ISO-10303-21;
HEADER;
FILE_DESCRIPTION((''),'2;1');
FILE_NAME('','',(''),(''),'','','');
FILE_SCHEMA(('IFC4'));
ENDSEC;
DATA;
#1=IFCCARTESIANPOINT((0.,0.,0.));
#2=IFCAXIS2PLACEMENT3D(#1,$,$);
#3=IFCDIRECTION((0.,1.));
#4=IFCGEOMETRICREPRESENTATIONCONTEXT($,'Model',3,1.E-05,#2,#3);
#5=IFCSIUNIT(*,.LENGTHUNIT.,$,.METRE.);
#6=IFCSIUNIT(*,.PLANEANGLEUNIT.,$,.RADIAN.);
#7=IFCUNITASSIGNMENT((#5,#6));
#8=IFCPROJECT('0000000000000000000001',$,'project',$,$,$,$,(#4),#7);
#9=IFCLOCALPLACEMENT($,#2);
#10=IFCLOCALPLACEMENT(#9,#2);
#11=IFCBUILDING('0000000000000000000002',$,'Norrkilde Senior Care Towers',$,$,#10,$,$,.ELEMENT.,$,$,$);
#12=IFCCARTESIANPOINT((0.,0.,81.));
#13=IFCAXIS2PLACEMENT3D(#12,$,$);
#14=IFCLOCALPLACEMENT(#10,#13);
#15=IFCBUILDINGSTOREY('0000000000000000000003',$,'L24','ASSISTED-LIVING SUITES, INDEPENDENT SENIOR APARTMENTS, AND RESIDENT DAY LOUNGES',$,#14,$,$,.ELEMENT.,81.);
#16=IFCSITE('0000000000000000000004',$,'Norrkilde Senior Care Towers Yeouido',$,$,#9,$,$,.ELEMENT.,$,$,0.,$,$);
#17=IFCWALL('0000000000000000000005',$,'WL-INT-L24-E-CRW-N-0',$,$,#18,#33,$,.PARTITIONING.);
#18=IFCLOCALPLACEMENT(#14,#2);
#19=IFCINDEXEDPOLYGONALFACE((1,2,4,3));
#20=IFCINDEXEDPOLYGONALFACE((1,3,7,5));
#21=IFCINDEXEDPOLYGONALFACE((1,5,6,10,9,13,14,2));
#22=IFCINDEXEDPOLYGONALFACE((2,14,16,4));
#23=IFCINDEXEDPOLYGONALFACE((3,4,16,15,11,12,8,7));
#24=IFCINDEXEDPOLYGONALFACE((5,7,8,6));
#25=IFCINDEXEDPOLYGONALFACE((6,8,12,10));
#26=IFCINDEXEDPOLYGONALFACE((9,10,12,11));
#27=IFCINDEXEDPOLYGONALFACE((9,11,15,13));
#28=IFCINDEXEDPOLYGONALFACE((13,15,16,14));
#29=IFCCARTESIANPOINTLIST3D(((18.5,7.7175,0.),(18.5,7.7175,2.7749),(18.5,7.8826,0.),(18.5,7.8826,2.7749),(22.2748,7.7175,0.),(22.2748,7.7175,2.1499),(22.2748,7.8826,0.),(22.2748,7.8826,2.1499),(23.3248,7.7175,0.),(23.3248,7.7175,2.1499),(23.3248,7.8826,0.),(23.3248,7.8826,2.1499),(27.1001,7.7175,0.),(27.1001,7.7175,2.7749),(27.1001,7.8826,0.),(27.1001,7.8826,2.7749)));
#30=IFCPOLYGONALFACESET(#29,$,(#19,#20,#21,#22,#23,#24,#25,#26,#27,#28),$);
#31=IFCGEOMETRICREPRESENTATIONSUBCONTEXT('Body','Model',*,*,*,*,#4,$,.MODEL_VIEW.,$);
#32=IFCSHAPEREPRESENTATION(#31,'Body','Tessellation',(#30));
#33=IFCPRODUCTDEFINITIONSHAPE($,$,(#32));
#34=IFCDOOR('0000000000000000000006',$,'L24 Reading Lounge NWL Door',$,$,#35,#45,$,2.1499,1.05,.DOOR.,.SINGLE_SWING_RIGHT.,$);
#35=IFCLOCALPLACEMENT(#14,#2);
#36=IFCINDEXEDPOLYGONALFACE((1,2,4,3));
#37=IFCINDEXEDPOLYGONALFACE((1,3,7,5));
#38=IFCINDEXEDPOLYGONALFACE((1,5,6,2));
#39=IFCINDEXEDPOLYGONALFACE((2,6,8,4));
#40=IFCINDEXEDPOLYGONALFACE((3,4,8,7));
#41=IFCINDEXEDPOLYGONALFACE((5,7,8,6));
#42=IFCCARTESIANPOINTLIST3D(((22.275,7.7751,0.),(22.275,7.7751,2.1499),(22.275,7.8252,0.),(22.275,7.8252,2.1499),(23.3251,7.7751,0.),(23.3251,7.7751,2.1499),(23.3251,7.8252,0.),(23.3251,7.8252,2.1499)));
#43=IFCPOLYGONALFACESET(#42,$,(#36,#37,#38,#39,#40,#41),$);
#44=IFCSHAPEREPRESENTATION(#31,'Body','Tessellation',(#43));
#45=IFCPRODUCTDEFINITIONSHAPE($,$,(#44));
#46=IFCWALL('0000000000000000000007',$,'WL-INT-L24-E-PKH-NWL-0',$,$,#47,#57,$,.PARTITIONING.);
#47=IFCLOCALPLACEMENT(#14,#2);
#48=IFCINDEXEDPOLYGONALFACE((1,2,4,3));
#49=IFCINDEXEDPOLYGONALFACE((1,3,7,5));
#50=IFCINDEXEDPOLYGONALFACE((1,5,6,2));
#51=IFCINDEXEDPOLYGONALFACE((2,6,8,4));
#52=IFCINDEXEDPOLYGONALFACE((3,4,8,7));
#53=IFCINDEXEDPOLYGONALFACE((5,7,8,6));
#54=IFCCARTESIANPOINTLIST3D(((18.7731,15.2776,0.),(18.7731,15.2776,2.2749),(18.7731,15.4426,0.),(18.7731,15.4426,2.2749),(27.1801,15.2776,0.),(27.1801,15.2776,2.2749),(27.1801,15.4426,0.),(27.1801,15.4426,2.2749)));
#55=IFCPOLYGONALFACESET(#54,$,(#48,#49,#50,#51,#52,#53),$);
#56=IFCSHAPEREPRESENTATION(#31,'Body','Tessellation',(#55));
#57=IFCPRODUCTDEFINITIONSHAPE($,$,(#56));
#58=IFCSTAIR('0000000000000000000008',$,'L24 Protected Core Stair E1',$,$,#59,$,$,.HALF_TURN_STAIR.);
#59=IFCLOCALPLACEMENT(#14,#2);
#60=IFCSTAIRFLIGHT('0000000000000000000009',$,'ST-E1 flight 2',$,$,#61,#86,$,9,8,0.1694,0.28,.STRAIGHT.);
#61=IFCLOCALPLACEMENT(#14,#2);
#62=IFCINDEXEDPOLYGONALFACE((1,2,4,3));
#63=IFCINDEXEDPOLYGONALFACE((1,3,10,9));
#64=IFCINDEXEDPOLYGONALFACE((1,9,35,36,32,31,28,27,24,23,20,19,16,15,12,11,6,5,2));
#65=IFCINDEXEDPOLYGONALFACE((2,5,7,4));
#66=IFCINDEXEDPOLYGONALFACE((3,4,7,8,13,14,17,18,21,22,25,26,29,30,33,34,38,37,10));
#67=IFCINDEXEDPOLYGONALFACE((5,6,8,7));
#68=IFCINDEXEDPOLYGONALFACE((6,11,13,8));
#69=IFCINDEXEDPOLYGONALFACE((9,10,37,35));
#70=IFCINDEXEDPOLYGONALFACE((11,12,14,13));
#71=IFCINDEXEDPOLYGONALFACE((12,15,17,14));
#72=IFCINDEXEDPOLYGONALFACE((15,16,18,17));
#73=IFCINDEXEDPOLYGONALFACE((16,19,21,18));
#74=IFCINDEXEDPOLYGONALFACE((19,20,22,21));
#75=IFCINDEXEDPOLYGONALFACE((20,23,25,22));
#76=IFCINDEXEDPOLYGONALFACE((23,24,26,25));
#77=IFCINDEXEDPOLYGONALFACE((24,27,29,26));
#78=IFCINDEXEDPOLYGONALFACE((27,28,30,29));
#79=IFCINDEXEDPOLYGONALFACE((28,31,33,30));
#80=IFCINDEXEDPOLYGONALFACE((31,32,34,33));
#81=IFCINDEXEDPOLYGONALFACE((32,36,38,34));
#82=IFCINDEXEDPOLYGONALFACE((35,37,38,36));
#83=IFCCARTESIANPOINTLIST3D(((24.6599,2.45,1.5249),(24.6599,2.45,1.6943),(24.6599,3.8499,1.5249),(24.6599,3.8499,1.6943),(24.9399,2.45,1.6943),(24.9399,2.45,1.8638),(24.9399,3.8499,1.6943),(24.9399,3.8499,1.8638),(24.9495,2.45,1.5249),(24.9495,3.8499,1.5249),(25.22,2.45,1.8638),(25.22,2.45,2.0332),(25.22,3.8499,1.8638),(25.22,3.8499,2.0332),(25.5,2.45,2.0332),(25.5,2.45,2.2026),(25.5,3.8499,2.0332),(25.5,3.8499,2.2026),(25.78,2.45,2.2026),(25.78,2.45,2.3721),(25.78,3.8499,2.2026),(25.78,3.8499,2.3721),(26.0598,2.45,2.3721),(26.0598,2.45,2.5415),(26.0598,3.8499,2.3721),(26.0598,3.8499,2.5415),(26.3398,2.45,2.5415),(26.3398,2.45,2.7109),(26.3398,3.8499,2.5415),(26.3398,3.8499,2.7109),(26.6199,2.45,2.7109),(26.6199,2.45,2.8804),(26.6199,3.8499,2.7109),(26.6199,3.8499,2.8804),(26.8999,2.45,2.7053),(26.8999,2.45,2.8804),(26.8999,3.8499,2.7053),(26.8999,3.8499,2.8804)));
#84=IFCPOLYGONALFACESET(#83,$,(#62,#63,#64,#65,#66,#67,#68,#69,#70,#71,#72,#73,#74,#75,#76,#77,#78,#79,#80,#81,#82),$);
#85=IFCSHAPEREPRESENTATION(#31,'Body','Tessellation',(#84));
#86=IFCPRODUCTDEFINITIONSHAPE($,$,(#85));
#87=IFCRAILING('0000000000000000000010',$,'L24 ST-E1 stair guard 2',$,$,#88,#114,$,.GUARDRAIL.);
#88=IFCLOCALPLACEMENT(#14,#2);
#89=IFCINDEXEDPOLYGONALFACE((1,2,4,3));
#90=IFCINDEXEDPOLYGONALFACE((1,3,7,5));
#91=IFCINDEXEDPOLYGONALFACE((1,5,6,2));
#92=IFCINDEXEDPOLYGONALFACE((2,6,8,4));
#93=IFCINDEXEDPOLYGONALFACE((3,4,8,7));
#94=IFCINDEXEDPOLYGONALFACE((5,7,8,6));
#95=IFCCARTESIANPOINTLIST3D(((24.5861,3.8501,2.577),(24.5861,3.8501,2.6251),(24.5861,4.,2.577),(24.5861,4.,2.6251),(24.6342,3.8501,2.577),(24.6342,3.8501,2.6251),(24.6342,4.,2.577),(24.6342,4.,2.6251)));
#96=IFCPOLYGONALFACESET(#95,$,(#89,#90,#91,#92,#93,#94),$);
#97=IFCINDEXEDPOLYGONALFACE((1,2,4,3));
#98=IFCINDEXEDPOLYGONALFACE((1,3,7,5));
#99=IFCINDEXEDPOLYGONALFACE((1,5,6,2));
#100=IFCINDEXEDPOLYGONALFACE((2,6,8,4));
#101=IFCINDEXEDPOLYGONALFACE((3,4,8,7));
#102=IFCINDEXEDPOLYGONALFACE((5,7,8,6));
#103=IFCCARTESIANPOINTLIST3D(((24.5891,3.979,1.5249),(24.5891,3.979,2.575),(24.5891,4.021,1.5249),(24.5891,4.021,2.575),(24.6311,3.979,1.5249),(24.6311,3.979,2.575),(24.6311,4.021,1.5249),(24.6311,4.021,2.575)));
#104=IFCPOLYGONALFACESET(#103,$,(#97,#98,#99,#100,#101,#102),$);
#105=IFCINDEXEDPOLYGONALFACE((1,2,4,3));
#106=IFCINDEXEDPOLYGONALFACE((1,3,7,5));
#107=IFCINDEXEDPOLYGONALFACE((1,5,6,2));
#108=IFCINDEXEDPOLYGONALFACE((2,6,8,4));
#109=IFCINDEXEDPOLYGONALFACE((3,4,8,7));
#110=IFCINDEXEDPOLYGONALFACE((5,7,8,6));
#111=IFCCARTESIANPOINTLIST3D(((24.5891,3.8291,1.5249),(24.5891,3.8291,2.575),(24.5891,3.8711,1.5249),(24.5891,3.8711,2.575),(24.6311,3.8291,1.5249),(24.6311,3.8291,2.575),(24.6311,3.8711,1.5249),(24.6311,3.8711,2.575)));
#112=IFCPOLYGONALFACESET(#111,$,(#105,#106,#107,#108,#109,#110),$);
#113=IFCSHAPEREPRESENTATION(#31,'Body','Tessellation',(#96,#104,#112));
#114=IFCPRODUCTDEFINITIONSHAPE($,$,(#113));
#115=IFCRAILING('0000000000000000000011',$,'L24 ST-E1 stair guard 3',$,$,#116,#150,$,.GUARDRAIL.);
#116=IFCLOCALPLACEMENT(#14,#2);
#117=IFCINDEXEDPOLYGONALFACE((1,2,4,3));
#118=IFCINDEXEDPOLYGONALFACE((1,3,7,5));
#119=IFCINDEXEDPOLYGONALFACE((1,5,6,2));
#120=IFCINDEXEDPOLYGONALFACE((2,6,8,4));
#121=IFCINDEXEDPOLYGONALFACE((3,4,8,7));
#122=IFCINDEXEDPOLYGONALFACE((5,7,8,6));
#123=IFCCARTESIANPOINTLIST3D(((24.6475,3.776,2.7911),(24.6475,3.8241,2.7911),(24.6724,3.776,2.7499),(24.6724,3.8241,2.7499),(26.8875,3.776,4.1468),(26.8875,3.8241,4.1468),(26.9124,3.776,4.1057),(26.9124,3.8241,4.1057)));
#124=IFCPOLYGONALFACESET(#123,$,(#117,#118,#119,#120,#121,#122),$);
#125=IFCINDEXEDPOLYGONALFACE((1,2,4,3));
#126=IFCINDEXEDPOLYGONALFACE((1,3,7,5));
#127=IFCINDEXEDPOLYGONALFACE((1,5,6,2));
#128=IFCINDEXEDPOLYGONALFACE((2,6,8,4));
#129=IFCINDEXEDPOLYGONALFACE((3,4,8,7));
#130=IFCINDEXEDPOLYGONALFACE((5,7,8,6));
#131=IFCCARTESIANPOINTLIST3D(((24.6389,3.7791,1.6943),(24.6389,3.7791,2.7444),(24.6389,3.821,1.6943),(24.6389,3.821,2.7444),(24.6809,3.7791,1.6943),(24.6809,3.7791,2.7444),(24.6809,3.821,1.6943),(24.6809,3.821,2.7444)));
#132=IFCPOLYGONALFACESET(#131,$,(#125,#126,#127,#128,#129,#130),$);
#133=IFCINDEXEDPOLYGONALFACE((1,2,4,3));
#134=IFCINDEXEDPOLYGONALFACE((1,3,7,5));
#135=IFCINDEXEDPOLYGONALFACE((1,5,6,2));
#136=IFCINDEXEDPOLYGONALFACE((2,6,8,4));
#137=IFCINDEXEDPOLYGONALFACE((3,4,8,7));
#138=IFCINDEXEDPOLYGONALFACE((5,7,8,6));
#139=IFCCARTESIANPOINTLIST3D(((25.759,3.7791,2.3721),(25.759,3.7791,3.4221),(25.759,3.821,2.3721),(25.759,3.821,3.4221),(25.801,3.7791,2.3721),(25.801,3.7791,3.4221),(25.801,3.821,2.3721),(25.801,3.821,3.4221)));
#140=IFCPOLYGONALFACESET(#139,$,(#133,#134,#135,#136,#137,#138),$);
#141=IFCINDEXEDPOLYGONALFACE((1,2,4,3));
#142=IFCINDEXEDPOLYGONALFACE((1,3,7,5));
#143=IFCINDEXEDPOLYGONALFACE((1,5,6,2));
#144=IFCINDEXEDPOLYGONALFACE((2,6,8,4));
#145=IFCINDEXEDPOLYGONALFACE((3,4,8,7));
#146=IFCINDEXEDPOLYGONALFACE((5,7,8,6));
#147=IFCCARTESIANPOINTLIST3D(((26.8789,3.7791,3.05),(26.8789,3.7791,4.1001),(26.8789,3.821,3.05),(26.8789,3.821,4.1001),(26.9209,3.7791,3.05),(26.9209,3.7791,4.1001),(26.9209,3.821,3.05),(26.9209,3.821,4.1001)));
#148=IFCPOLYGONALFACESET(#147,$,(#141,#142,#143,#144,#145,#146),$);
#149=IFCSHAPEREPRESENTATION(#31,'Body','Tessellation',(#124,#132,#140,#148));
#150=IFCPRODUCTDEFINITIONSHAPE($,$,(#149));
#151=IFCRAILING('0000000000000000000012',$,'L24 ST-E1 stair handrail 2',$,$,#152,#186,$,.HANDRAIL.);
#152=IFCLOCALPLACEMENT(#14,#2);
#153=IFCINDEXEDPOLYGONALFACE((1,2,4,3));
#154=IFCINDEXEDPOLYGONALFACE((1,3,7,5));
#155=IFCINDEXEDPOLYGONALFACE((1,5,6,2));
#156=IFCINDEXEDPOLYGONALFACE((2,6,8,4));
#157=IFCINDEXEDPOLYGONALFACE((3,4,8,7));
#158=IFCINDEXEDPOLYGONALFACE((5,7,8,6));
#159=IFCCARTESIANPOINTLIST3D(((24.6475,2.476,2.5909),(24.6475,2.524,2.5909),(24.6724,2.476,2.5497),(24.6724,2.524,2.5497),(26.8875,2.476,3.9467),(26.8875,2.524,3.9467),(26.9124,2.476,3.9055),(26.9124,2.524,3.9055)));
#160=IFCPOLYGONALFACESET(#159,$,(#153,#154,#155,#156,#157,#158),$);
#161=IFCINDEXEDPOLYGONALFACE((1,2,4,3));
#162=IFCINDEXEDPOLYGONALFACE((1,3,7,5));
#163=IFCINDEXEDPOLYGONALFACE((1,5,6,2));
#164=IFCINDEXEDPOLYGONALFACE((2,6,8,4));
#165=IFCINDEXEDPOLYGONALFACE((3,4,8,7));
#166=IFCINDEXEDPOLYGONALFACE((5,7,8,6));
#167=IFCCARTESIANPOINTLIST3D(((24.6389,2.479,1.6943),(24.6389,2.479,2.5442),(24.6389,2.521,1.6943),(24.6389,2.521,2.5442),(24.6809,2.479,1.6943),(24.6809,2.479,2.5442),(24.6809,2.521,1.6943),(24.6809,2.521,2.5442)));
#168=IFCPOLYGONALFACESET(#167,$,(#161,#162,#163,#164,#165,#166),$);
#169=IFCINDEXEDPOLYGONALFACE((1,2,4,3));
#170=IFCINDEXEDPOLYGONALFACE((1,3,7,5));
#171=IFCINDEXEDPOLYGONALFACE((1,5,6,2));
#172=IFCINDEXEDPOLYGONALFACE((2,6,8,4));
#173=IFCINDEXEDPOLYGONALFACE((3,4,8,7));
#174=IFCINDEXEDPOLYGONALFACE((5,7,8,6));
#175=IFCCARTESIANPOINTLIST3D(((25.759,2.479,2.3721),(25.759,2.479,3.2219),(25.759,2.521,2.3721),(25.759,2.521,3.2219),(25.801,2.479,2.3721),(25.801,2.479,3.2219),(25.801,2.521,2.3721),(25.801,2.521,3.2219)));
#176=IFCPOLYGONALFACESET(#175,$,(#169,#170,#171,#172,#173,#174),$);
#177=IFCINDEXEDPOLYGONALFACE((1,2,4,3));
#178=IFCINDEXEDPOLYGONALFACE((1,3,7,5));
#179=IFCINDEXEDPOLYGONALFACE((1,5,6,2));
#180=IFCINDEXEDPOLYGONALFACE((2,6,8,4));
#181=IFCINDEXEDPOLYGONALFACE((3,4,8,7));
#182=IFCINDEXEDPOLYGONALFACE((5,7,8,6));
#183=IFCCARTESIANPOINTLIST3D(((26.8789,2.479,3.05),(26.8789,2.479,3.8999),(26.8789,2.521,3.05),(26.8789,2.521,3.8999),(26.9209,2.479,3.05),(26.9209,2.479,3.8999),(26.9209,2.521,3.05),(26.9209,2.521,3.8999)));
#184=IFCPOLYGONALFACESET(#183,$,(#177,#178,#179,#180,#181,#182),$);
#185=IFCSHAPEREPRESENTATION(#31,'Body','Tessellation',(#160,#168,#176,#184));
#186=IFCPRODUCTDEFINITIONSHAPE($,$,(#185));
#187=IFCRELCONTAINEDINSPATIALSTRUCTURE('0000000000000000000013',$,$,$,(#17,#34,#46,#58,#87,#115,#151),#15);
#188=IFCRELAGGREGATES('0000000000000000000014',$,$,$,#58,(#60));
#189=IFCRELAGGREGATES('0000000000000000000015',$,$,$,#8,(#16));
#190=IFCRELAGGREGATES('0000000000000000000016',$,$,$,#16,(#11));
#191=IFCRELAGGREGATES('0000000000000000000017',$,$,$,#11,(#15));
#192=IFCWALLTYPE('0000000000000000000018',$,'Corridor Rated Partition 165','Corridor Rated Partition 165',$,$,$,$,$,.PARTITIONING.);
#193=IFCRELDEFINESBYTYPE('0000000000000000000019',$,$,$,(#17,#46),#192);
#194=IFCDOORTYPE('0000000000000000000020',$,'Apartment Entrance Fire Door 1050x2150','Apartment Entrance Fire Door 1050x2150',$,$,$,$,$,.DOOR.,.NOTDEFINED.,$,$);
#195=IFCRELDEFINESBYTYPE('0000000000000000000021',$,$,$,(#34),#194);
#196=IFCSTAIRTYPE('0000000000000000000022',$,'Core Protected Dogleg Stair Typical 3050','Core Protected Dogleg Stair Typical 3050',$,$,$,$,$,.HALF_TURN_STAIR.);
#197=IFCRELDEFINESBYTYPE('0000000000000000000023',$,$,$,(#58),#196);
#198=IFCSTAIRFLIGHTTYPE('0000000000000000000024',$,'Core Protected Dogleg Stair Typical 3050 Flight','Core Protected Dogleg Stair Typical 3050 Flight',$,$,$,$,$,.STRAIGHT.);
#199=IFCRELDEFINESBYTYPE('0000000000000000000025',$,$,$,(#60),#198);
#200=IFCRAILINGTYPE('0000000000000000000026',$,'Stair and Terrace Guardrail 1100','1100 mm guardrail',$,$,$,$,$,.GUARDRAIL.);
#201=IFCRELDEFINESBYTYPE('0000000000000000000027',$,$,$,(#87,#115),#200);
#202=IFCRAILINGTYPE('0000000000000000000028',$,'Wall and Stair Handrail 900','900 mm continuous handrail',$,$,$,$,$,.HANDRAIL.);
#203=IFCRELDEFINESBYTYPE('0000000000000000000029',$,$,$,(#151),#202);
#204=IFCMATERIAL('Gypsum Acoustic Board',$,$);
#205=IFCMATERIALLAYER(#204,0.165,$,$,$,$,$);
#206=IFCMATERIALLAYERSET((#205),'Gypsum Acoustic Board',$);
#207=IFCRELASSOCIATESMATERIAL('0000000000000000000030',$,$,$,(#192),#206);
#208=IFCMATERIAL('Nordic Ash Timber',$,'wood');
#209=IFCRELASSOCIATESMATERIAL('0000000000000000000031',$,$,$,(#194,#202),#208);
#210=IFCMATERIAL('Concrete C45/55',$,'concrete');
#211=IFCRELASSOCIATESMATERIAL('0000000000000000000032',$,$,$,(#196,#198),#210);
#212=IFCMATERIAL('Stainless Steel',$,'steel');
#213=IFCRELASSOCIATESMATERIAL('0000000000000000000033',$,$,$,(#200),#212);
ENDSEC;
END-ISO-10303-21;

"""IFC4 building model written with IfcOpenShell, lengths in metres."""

from ifc_helpers import new_model, si_unit, direction, frame, frame_2d, origin, origin_2d, place, context, subcontext, project, spatial, polyline, rectangle, outline, extrude, source, transform, mapped, material, layer, layer_set, type_object, type_shapes, element, fill, aggregate, save


model = new_model("IFC4")

# Units and contexts
model_context = context("Model", 3, precision=1e-05, world=origin(), true_north=direction((0.0, 1.0)))
body_context = subcontext(model_context, "Body", "Model", "MODEL_VIEW")
ifc_project = project(units=[si_unit("LENGTHUNIT", "METRE"), si_unit("PLANEANGLEUNIT", "RADIAN")], contexts=[model_context])

# Site, building, storey
site_placement = place(None, origin())
site = spatial("IfcSite", under=ifc_project, at=site_placement, Name="Norrkilde Senior Care Towers Yeouido", CompositionType="ELEMENT", RefElevation=0.0)
building_placement = place(site_placement, origin())
building = spatial("IfcBuilding", under=site, at=building_placement, Name="Norrkilde Senior Care Towers", CompositionType="ELEMENT")
storey_placement = place(building_placement, frame((0.0, 0.0, 81.0)))
storey = spatial("IfcBuildingStorey", under=building, at=storey_placement, Name="L24", Description="ASSISTED-LIVING SUITES, INDEPENDENT SENIOR APARTMENTS, AND RESIDENT DAY LOUNGES", CompositionType="ELEMENT", Elevation=81.0)

# Shared definitions
ifc_material_1 = material(Name="Concrete C45/55", Category="concrete")

# Wall, opening, door
ifc_material_2 = material(Name="Gypsum Acoustic Board")
ifc_layer_1 = layer(ifc_material_2, 0.165)
ifc_layer_set_1 = layer_set([ifc_layer_1], Name="Gypsum Acoustic Board")
wall_type_1 = type_object("IfcWallType", Name="Corridor Rated Partition 165", Description="Corridor Rated Partition 165", PredefinedType="PARTITIONING", material=ifc_layer_set_1)
shared_shape_1 = source(origin(), body_context, "Body", "SweptSolid", [
    extrude(rectangle(XDim=8.6001, YDim=0.165, at=frame_2d((4.3, 0.0))), origin(), (0.0, 0.0, 1.0), 2.7749),
])
wall_1_placement = place(storey_placement, frame((18.5, 7.8, 0.0), z_axis=(0.0, 0.0, 1.0), x_axis=(1.0, 0.0, 0.0)))
wall_1 = element("IfcWall", 1, at=wall_1_placement, inside=storey, type_object=wall_type_1, Name="WL-INT-L24-E-CRW-N-0", PredefinedType="PARTITIONING", context=body_context, shape_type="MappedRepresentation", body=[
    mapped(shared_shape_1, transform((0.0, 0.0, 0.0), x_axis=(1.0, 0.0, 0.0), y_axis=(0.0, 1.0, 0.0), z_axis=(0.0, 0.0, 1.0), scale=1.0)),
])
opening_placement = place(wall_1_placement, frame((3.7749, 0.0, 0.0)))
opening = element("IfcOpeningElement", 2, at=opening_placement, cuts=wall_1, PredefinedType="OPENING", context=body_context, shape_type="SweptSolid", body=[
    extrude(rectangle(XDim=1.05, YDim=2.1499, at=frame_2d((0.5249, 1.075))), frame((0.0, 0.0925, 0.0), z_axis=(0.0, -1.0, 0.0), x_axis=(1.0, 0.0, 0.0)), (0.0, 0.0, 1.0), 0.1851),
])
ifc_material_3 = material(Name="Nordic Ash Timber", Category="wood")
door_type = type_object("IfcDoorType", Name="Apartment Entrance Fire Door 1050x2150", Description="Apartment Entrance Fire Door 1050x2150", OperationType="NOTDEFINED", PredefinedType="DOOR", material=ifc_material_3)
shared_shape_2 = source(origin(), body_context, "Body", "SweptSolid", [
    extrude(rectangle(XDim=1.05, YDim=2.1499, at=frame_2d((0.5249, 1.075))), frame((0.0, 0.0249, 0.0), z_axis=(0.0, -1.0, 0.0), x_axis=(1.0, 0.0, 0.0)), (0.0, 0.0, 1.0), 0.05),
])
type_shapes(door_type, [shared_shape_2])
door_placement = place(opening_placement, frame((1.05, 0.0, 0.0), z_axis=(0.0, 0.0, 1.0), x_axis=(-1.0, 0.0, 0.0)))
door = element("IfcDoor", 3, at=door_placement, inside=storey, type_object=door_type, Name="L24 Reading Lounge NWL Door", OperationType="SINGLE_SWING_RIGHT", OverallHeight=2.1499, OverallWidth=1.05, PredefinedType="DOOR", context=body_context, shape_type="MappedRepresentation", body=[
    mapped(shared_shape_2, transform((0.0, 0.0, 0.0), x_axis=(1.0, 0.0, 0.0), y_axis=(0.0, 1.0, 0.0), z_axis=(0.0, 0.0, 1.0), scale=1.0)),
])
fill(opening, door)

# Wall
shared_shape_3 = source(origin(), body_context, "Body", "SweptSolid", [
    extrude(rectangle(XDim=8.407, YDim=0.165, at=frame_2d((4.2036, 0.0))), origin(), (0.0, 0.0, 1.0), 2.2749),
])
type_shapes(wall_type_1, [shared_shape_1, shared_shape_3])
wall_2_placement = place(storey_placement, frame((18.7729, 15.3601, 0.0), z_axis=(0.0, 0.0, 1.0), x_axis=(1.0, 0.0, 0.0)))
element("IfcWall", 4, at=wall_2_placement, inside=storey, type_object=wall_type_1, Name="WL-INT-L24-E-PKH-NWL-0", PredefinedType="PARTITIONING", context=body_context, shape_type="MappedRepresentation", body=[
    mapped(shared_shape_3, transform((0.0, 0.0, 0.0), x_axis=(1.0, 0.0, 0.0), y_axis=(0.0, 1.0, 0.0), z_axis=(0.0, 0.0, 1.0), scale=1.0)),
])

# Stair, stair flight
stair_type = type_object("IfcStairType", Name="Core Protected Dogleg Stair Typical 3050", Description="Core Protected Dogleg Stair Typical 3050", PredefinedType="HALF_TURN_STAIR", material=ifc_material_1)
stair_placement = place(storey_placement, origin())
stair = element("IfcStair", 5, at=stair_placement, inside=storey, type_object=stair_type, Name="L24 Protected Core Stair E1", PredefinedType="HALF_TURN_STAIR")
stair_flight_type = type_object("IfcStairFlightType", Name="Core Protected Dogleg Stair Typical 3050 Flight", Description="Core Protected Dogleg Stair Typical 3050 Flight", PredefinedType="STRAIGHT", material=ifc_material_1)
stair_flight_placement = place(storey_placement, frame((24.6599, 3.1499, 1.5249), z_axis=(0.0, 0.0, 1.0), x_axis=(1.0, 0.0, 0.0)))
stair_flight = element("IfcStairFlight", 6, at=stair_flight_placement, type_object=stair_flight_type, Name="ST-E1 flight 2", NumberOfRisers=9, NumberOfTreads=8, PredefinedType="STRAIGHT", RiserHeight=0.1694, TreadLength=0.28, context=body_context, shape_type="SweptSolid", body=[
    extrude(outline(polyline([(0.0, 0.0), (0.0, 0.1694), (0.28, 0.1694), (0.28, 0.3389), (0.5601, 0.3389), (0.5601, 0.5083), (0.8401, 0.5083), (0.8401, 0.6777), (1.1201, 0.6777), (1.1201, 0.8472), (1.3999, 0.8472), (1.3999, 1.0166), (1.6799, 1.0166), (1.6799, 1.186), (1.96, 1.186), (1.96, 1.3555), (2.24, 1.3555), (2.24, 1.5249), (2.24, 1.1804), (0.2896, 0.0), (0.0, 0.0)])), frame((0.0, 0.7, 0.0), z_axis=(0.0, -1.0, 0.0), x_axis=(1.0, 0.0, 0.0)), (0.0, 0.0, 1.0), 1.3999),
])
aggregate(stair, [stair_flight])

# Railings
ifc_material_4 = material(Name="Stainless Steel", Category="steel")
railing_type_1 = type_object("IfcRailingType", Name="Stair and Terrace Guardrail 1100", Description="1100 mm guardrail", PredefinedType="GUARDRAIL", material=ifc_material_4)
railing_1_placement = place(storey_placement, frame((24.6101, 4.0, 1.5249)))
element("IfcRailing", 7, at=railing_1_placement, inside=storey, type_object=railing_type_1, Name="L24 ST-E1 stair guard 2", PredefinedType="GUARDRAIL", context=body_context, shape_type="SweptSolid", body=[
    extrude(rectangle(XDim=0.0481, YDim=0.0481, at=origin_2d()), frame((0.0, 0.0, 1.0762), z_axis=(0.0, -1.0, 0.0), x_axis=(1.0, 0.0, 0.0)), (0.0, 0.0, 1.0), 0.1499),
    extrude(rectangle(XDim=0.042, YDim=0.042, at=origin_2d()), origin(), (0.0, 0.0, 1.0), 1.05),
    extrude(rectangle(XDim=0.042, YDim=0.042, at=origin_2d()), frame((0.0, -0.1499, 0.0)), (0.0, 0.0, 1.0), 1.05),
])
railing_2_placement = place(storey_placement, frame((24.6599, 3.8, 1.6943)))
element("IfcRailing", 8, at=railing_2_placement, inside=storey, type_object=railing_type_1, Name="L24 ST-E1 stair guard 3", PredefinedType="GUARDRAIL", context=body_context, shape_type="SweptSolid", body=[
    extrude(rectangle(XDim=0.0481, YDim=0.0481, at=origin_2d()), frame((0.0, 0.0, 1.0762), z_axis=(0.855512, 0.0, 0.517783), x_axis=(0.0, 1.0, 0.0)), (0.0, 0.0, 1.0), 2.6184),
    extrude(rectangle(XDim=0.042, YDim=0.042, at=origin_2d()), origin(), (0.0, 0.0, 1.0), 1.05),
    extrude(rectangle(XDim=0.042, YDim=0.042, at=origin_2d()), frame((1.1201, 0.0, 0.6777)), (0.0, 0.0, 1.0), 1.05),
    extrude(rectangle(XDim=0.042, YDim=0.042, at=origin_2d()), frame((2.24, 0.0, 1.3557)), (0.0, 0.0, 1.0), 1.05),
])
railing_type_2 = type_object("IfcRailingType", Name="Wall and Stair Handrail 900", Description="900 mm continuous handrail", PredefinedType="HANDRAIL", material=ifc_material_3)
railing_3_placement = place(storey_placement, frame((24.6599, 2.5, 1.6943)))
element("IfcRailing", 9, at=railing_3_placement, inside=storey, type_object=railing_type_2, Name="L24 ST-E1 stair handrail 2", PredefinedType="HANDRAIL", context=body_context, shape_type="SweptSolid", body=[
    extrude(rectangle(XDim=0.0481, YDim=0.0481, at=origin_2d()), frame((0.0, 0.0, 0.876), z_axis=(0.855512, 0.0, 0.517783), x_axis=(0.0, 1.0, 0.0)), (0.0, 0.0, 1.0), 2.6184),
    extrude(rectangle(XDim=0.042, YDim=0.042, at=origin_2d()), origin(), (0.0, 0.0, 1.0), 0.8499),
    extrude(rectangle(XDim=0.042, YDim=0.042, at=origin_2d()), frame((1.1201, 0.0, 0.6777)), (0.0, 0.0, 1.0), 0.8499),
    extrude(rectangle(XDim=0.042, YDim=0.042, at=origin_2d()), frame((2.24, 0.0, 1.3557)), (0.0, 0.0, 1.0), 0.8499),
])

save(model, "model.ifc")
